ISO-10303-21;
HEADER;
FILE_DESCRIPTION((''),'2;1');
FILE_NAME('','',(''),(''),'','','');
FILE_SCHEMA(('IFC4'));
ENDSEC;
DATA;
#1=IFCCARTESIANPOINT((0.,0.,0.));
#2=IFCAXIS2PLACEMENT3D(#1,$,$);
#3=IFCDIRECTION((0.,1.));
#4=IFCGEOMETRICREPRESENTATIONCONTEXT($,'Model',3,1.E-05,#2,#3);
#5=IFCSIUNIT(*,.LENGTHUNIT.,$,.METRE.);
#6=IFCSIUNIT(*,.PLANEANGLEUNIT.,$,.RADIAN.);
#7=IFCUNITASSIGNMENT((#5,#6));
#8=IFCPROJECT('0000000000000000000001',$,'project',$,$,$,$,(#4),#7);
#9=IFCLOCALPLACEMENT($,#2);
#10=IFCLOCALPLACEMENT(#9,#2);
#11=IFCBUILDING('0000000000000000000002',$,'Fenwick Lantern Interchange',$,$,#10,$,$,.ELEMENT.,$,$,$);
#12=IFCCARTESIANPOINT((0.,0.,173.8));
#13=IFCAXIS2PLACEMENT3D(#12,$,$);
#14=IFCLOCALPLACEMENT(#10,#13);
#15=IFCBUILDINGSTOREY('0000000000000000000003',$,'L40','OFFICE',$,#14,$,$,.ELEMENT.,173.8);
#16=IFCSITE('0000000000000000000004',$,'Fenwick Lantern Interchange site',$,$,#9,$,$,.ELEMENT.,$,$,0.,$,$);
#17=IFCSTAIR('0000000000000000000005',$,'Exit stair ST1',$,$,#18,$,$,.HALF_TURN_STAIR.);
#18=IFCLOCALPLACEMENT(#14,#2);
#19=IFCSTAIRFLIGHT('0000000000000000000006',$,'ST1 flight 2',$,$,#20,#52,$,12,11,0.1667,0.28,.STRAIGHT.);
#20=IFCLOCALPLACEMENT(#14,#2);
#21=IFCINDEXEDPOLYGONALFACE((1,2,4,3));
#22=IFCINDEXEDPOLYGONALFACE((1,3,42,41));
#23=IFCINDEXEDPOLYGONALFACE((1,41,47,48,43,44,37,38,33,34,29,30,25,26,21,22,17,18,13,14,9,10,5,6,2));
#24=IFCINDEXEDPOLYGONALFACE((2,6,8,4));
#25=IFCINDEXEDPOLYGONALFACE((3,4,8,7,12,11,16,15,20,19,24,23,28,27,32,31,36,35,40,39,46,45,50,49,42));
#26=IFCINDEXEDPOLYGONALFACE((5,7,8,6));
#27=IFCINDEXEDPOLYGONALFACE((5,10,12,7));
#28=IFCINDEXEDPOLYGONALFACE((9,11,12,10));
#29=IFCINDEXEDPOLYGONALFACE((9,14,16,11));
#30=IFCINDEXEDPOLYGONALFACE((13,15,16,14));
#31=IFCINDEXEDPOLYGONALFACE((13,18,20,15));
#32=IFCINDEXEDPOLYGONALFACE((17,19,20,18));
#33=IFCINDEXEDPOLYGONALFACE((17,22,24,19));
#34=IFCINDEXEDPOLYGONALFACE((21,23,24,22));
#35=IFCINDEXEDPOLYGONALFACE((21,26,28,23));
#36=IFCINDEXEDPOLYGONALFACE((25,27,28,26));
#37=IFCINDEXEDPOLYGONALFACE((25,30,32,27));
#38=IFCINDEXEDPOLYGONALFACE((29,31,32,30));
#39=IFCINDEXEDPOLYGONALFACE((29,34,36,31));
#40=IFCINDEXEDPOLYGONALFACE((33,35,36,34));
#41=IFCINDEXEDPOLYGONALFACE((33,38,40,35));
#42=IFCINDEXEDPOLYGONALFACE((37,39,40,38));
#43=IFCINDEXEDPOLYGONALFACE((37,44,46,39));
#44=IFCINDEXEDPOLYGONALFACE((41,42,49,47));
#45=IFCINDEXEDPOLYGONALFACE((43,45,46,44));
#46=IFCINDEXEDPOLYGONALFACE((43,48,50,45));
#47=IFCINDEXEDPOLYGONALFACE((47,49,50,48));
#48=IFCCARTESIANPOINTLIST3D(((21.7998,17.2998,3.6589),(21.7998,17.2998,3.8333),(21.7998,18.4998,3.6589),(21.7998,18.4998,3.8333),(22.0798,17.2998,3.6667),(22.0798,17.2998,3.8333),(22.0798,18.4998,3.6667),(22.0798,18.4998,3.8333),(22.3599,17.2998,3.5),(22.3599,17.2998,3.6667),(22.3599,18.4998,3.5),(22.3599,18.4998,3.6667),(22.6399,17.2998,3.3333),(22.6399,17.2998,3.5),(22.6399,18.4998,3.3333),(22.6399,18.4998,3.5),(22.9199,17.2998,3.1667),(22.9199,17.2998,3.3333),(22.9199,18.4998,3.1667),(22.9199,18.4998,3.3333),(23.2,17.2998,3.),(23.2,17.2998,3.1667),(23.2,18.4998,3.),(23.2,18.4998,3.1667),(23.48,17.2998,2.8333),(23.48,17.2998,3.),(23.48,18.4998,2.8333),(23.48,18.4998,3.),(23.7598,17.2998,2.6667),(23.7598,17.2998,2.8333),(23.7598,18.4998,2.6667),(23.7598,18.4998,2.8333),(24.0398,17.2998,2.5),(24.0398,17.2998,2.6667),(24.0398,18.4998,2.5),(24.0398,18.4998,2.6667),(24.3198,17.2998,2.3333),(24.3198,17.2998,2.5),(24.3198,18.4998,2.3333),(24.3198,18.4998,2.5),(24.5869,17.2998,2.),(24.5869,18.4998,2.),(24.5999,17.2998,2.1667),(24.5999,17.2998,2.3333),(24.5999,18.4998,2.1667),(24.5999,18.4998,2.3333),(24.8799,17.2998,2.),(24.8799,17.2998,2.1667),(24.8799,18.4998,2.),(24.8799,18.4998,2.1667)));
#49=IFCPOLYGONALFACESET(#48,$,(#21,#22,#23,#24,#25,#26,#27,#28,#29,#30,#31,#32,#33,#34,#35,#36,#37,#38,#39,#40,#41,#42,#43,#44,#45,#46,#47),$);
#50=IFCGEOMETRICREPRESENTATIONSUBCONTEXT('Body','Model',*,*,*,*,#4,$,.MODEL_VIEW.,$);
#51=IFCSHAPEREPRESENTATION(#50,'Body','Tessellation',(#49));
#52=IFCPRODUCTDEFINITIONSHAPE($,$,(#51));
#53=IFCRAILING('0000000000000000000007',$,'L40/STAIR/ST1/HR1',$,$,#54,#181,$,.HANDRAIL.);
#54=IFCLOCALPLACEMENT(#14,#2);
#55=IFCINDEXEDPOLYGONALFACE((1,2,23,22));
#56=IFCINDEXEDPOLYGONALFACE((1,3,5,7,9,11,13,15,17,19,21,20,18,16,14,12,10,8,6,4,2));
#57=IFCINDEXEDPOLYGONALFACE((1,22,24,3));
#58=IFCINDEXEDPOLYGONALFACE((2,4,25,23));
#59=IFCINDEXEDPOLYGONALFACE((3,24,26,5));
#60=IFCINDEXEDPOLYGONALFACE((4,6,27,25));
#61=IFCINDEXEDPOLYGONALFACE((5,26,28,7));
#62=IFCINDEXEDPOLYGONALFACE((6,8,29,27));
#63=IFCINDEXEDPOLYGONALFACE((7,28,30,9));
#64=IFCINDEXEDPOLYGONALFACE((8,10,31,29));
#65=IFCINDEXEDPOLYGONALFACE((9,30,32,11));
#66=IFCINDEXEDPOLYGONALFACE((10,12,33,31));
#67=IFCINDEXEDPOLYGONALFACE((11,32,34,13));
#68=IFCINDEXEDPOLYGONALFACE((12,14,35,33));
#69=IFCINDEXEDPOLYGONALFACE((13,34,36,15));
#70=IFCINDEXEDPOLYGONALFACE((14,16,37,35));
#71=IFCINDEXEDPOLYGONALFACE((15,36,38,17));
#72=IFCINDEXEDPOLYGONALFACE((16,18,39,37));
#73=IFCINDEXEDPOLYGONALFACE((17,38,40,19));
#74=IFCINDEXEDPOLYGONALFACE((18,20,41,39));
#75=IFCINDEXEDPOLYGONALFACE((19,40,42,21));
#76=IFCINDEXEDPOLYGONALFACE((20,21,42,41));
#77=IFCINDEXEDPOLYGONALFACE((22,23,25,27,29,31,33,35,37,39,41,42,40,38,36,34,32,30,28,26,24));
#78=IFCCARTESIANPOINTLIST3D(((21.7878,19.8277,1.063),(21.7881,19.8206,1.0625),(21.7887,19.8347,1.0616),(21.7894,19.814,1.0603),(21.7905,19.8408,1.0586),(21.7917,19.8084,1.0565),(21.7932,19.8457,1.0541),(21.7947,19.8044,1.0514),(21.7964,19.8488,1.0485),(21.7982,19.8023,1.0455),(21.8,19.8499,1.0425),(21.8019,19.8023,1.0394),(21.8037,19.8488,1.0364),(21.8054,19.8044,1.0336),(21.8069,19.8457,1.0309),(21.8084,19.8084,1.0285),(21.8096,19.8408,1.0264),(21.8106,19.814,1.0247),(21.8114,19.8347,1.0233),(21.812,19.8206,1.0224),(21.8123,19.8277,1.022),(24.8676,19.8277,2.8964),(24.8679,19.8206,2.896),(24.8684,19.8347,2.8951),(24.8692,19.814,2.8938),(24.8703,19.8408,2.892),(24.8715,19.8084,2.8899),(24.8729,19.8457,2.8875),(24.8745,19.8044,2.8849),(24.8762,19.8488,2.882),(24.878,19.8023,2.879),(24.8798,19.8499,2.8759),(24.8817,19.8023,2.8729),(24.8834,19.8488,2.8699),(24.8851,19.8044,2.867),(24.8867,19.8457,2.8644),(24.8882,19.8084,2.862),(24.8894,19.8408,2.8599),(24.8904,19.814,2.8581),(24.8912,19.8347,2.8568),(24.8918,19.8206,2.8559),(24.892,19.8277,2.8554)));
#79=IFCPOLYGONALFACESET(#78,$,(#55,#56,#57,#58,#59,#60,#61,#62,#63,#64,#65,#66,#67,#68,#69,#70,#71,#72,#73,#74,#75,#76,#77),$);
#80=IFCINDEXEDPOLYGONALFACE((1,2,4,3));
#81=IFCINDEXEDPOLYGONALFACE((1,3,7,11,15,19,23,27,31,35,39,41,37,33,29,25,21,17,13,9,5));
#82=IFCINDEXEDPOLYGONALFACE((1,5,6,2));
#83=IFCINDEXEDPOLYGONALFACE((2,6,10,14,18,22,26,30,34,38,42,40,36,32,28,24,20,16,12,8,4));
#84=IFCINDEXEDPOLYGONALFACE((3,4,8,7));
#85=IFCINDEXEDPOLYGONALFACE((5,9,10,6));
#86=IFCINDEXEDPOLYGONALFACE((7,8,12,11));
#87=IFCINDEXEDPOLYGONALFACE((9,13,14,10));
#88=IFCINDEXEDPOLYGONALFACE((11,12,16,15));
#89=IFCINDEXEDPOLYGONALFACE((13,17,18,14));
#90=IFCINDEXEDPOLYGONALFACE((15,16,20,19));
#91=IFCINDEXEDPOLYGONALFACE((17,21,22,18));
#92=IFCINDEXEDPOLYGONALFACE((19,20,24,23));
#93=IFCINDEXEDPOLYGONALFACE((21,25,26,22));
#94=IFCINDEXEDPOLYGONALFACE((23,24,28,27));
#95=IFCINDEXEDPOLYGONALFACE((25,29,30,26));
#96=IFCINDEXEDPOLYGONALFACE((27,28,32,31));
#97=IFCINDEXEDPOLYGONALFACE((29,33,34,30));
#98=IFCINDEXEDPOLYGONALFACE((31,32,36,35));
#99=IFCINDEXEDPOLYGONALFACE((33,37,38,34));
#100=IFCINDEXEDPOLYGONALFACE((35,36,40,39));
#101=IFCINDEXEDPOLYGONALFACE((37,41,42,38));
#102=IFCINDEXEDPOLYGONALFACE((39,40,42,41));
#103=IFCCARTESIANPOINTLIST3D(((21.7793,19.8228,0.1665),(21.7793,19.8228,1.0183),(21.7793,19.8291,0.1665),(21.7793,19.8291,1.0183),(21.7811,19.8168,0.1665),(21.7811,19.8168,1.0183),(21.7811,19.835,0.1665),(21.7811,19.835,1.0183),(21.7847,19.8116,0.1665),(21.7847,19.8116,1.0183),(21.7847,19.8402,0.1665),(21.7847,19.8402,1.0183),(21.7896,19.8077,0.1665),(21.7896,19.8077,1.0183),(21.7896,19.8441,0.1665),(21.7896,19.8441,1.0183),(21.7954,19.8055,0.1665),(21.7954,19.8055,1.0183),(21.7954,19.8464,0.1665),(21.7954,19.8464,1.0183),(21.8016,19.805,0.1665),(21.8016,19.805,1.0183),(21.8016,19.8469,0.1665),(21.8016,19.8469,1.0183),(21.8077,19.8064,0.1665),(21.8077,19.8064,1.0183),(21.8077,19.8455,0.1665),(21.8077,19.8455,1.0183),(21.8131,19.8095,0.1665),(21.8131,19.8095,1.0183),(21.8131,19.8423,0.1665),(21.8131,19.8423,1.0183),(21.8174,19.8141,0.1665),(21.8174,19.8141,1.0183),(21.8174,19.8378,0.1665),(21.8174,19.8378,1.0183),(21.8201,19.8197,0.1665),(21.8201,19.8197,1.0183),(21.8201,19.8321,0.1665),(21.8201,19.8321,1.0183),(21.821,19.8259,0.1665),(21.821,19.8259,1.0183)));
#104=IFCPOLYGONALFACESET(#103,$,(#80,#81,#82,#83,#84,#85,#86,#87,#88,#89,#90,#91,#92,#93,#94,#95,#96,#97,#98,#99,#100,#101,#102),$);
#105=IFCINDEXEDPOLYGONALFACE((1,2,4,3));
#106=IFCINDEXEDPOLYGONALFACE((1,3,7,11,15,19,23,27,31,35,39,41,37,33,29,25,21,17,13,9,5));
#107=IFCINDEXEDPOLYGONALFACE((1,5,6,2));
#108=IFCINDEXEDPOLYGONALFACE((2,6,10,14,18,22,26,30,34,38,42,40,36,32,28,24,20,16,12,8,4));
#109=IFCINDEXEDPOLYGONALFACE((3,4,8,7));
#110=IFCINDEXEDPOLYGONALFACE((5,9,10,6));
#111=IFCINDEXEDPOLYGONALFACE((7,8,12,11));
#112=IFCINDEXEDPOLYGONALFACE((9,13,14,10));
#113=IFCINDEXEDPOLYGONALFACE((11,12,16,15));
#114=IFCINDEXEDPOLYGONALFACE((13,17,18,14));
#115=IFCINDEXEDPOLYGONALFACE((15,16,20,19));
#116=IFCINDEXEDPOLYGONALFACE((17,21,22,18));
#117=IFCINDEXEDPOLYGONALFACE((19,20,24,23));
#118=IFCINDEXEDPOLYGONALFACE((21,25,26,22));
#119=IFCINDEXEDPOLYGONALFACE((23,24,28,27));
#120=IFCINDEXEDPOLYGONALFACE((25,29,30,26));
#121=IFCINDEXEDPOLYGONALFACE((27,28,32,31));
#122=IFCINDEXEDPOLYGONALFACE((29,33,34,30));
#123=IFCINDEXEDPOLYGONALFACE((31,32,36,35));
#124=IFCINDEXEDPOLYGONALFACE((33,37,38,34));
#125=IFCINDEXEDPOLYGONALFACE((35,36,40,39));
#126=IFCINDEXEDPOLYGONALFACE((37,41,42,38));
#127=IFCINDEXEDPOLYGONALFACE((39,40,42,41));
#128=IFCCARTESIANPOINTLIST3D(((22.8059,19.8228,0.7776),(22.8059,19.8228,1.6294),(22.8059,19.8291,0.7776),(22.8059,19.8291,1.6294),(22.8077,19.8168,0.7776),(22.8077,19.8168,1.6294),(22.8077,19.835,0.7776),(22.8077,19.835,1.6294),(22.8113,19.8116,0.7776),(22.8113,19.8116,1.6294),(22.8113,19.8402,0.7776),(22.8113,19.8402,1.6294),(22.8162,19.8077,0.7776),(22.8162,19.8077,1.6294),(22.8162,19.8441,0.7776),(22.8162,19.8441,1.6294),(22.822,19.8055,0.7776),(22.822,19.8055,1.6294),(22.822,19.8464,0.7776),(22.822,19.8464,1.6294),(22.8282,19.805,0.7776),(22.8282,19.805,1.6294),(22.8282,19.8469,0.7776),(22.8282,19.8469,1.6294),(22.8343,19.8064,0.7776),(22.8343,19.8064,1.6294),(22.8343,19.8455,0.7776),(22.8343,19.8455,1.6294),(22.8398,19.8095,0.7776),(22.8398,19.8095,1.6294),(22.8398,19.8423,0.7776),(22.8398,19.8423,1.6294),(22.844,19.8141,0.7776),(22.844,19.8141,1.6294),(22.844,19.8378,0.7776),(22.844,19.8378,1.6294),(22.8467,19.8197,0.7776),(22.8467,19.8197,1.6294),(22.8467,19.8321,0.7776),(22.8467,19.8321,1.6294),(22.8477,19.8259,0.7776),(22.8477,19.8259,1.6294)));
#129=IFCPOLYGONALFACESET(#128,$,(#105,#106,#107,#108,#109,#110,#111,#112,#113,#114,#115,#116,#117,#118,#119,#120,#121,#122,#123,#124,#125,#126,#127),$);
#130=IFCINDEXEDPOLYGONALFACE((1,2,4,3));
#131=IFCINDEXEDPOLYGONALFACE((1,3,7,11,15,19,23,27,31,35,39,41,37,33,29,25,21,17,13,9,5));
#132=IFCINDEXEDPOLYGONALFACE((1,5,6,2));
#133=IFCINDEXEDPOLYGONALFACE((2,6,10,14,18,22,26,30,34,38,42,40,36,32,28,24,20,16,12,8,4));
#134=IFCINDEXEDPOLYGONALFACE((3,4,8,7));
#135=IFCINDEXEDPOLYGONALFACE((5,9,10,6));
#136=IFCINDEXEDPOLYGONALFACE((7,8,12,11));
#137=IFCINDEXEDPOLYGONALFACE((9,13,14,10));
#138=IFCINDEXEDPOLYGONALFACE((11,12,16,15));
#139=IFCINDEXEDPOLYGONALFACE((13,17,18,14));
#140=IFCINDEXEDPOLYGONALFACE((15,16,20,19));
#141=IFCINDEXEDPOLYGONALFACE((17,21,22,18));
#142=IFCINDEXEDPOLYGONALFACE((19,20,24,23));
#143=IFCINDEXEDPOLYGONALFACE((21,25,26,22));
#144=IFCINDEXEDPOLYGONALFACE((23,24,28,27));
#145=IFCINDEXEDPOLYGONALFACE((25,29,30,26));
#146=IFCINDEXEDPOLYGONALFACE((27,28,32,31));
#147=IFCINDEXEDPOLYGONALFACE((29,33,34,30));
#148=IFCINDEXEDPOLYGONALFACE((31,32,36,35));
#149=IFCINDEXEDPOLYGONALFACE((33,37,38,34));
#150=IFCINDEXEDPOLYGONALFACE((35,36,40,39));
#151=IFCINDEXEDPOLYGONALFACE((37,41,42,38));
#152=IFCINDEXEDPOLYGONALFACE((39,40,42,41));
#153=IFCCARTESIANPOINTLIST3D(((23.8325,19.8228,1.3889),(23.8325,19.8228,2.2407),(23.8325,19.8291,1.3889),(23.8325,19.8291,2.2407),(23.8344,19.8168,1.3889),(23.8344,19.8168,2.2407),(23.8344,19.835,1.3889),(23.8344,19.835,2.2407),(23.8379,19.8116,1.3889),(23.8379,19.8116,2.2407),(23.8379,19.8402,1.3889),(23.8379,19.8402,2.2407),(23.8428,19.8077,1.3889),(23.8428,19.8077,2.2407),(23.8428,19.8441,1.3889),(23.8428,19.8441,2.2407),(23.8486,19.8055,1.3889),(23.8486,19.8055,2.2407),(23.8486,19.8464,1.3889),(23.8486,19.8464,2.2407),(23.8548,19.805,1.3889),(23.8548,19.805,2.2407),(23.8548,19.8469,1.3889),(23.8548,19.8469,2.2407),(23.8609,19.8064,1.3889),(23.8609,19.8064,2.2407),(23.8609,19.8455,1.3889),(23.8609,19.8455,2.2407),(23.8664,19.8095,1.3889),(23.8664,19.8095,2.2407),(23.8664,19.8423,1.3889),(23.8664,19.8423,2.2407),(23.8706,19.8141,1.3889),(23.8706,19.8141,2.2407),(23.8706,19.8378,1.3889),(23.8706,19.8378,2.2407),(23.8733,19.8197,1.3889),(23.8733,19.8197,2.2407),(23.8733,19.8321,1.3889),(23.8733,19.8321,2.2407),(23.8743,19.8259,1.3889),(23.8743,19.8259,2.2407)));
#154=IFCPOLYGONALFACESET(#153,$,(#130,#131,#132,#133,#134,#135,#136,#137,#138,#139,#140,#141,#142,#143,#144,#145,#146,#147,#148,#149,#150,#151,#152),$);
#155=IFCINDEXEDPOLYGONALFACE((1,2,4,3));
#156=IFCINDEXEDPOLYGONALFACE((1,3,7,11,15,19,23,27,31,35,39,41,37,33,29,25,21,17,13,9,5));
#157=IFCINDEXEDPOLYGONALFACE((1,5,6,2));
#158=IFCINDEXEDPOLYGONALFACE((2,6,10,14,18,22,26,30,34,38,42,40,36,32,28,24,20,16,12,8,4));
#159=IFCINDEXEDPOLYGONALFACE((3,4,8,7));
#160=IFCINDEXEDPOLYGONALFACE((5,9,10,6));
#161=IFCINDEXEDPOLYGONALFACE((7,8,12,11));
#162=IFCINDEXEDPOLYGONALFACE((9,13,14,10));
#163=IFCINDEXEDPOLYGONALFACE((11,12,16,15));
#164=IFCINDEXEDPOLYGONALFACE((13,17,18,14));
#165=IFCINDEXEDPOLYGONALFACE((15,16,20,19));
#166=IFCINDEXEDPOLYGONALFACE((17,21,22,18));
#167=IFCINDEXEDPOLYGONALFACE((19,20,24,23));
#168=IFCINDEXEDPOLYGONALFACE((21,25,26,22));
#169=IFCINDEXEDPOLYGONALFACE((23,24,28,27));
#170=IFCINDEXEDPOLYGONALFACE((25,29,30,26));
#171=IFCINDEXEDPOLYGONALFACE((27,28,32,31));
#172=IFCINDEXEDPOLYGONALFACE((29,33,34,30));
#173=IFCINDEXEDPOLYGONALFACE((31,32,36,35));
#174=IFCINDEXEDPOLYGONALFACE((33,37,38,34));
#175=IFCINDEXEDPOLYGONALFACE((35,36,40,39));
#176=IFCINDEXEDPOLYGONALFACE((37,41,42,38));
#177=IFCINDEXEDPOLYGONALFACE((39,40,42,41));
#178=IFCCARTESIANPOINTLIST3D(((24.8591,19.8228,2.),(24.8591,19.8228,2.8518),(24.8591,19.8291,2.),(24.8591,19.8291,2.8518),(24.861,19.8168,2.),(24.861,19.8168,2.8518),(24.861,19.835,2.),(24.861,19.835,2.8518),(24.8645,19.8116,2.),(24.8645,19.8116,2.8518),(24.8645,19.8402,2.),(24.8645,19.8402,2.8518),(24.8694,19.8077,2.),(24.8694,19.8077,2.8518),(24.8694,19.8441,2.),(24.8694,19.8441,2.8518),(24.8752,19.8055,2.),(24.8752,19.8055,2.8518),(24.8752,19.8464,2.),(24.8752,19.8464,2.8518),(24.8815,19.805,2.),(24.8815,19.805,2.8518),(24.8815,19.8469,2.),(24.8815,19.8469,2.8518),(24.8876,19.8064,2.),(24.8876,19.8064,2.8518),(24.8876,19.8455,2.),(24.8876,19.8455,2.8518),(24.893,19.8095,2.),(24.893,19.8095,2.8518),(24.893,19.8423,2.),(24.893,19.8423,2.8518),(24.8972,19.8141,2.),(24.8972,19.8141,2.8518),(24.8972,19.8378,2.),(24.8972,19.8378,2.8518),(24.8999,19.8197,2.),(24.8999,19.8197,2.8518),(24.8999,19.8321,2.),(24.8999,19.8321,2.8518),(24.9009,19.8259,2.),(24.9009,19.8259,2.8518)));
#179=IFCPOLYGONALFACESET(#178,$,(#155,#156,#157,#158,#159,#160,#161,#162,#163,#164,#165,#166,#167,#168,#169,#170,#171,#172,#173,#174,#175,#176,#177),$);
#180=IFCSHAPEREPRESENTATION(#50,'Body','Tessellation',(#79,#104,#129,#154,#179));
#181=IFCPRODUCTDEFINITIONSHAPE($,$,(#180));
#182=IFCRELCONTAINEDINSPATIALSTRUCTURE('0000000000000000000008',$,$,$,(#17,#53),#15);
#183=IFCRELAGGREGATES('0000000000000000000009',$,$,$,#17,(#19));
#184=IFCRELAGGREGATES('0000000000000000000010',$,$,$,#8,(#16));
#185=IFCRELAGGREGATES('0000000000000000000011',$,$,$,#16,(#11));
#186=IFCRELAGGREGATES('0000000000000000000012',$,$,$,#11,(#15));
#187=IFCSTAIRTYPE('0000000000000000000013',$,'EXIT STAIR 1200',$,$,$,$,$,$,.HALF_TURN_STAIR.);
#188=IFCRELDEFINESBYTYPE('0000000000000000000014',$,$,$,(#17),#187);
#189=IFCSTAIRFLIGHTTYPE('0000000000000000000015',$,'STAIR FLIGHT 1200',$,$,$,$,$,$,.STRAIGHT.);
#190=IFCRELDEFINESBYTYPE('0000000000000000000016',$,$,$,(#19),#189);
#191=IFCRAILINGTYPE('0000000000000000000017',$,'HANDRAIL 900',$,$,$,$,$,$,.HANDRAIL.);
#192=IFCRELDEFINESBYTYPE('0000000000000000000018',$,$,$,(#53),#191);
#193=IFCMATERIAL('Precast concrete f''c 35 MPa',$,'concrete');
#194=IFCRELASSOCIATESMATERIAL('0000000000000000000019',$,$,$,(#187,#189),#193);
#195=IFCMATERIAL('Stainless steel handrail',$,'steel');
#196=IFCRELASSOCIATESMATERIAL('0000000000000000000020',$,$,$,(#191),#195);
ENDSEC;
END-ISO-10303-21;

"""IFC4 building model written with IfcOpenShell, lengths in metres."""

from ifc_helpers import new_model, si_unit, direction, frame, origin, origin_2d, place, context, subcontext, project, spatial, polyline, circle, outline, extrude, material, type_object, element, aggregate, save


model = new_model("IFC4")

# Units and contexts
model_context = context("Model", 3, precision=1e-05, world=origin(), true_north=direction((0.0, 1.0)))
body_context = subcontext(model_context, "Body", "Model", "MODEL_VIEW")
ifc_project = project(units=[si_unit("LENGTHUNIT", "METRE"), si_unit("PLANEANGLEUNIT", "RADIAN")], contexts=[model_context])

# Site, building, storey
site_placement = place(None, origin())
site = spatial("IfcSite", under=ifc_project, at=site_placement, Name="Fenwick Lantern Interchange site", CompositionType="ELEMENT", RefElevation=0.0)
building_placement = place(site_placement, origin())
building = spatial("IfcBuilding", under=site, at=building_placement, Name="Fenwick Lantern Interchange", CompositionType="ELEMENT")
storey_placement = place(building_placement, frame((0.0, 0.0, 173.8)))
storey = spatial("IfcBuildingStorey", under=building, at=storey_placement, Name="L40", Description="OFFICE", CompositionType="ELEMENT", Elevation=173.8)

# Stair, stair flight
ifc_material_1 = material(Name="Precast concrete f'c 35 MPa", Category="concrete")
stair_type = type_object("IfcStairType", Name="EXIT STAIR 1200", PredefinedType="HALF_TURN_STAIR", material=ifc_material_1)
stair_placement = place(storey_placement, origin())
stair = element("IfcStair", 1, at=stair_placement, inside=storey, type_object=stair_type, Name="Exit stair ST1", PredefinedType="HALF_TURN_STAIR")
stair_flight_type = type_object("IfcStairFlightType", Name="STAIR FLIGHT 1200", PredefinedType="STRAIGHT", material=ifc_material_1)
stair_flight_1_placement = place(storey_placement, frame((24.8799, 17.8999, 2.0), z_axis=(0.0, 0.0, 1.0), x_axis=(-1.0, 0.0, 0.0)))
stair_flight_1 = element("IfcStairFlight", 2, at=stair_flight_1_placement, type_object=stair_flight_type, Name="ST1 flight 2", NumberOfRisers=12, NumberOfTreads=11, PredefinedType="STRAIGHT", RiserHeight=0.1667, TreadLength=0.28, context=body_context, shape_type="SweptSolid", body=[
    extrude(outline(polyline([(0.0, 0.0), (0.0, 0.1667), (0.28, 0.1667), (0.28, 0.3333), (0.5601, 0.3333), (0.5601, 0.5), (0.8401, 0.5), (0.8401, 0.6667), (1.1201, 0.6667), (1.1201, 0.8333), (1.3999, 0.8333), (1.3999, 1.0), (1.6799, 1.0), (1.6799, 1.1667), (1.96, 1.1667), (1.96, 1.3333), (2.24, 1.3333), (2.24, 1.5), (2.52, 1.5), (2.52, 1.6667), (2.8, 1.6667), (2.8, 1.8333), (3.0801, 1.8333), (3.0801, 2.0), (3.0801, 1.6589), (0.293, 0.0), (0.0, 0.0)])), frame((0.0, 0.6001, 0.0), z_axis=(0.0, -1.0, 0.0), x_axis=(1.0, 0.0, 0.0)), (0.0, 0.0, 1.0), 1.2),
])
aggregate(stair, [stair_flight_1])

# Railing
ifc_material_2 = material(Name="Stainless steel handrail", Category="steel")
railing_type = type_object("IfcRailingType", Name="HANDRAIL 900", PredefinedType="HANDRAIL", material=ifc_material_2)
railing_1_placement = place(storey_placement, frame((21.8, 19.8259, 0.1665)))
element("IfcRailing", 3, at=railing_1_placement, inside=storey, type_object=railing_type, Name="L40/STAIR/ST1/HR1", PredefinedType="HANDRAIL", context=body_context, shape_type="SweptSolid", body=[
    extrude(circle(Radius=0.0239, at=origin_2d()), frame((0.0, 0.0, 0.876), z_axis=(0.859261, 0.0, 0.511538), x_axis=(0.0, 1.0, 0.0)), (0.0, 0.0, 1.0), 3.5842),
    extrude(circle(Radius=0.021, at=origin_2d()), origin(), (0.0, 0.0, 1.0), 0.8518),
    extrude(circle(Radius=0.021, at=origin_2d()), frame((1.0266, 0.0, 0.6111)), (0.0, 0.0, 1.0), 0.8518),
    extrude(circle(Radius=0.021, at=origin_2d()), frame((2.0532, 0.0, 1.2224)), (0.0, 0.0, 1.0), 0.8518),
    extrude(circle(Radius=0.021, at=origin_2d()), frame((3.0798, 0.0, 1.8335)), (0.0, 0.0, 1.0), 0.8518),
])

save(model, "model.ifc")
